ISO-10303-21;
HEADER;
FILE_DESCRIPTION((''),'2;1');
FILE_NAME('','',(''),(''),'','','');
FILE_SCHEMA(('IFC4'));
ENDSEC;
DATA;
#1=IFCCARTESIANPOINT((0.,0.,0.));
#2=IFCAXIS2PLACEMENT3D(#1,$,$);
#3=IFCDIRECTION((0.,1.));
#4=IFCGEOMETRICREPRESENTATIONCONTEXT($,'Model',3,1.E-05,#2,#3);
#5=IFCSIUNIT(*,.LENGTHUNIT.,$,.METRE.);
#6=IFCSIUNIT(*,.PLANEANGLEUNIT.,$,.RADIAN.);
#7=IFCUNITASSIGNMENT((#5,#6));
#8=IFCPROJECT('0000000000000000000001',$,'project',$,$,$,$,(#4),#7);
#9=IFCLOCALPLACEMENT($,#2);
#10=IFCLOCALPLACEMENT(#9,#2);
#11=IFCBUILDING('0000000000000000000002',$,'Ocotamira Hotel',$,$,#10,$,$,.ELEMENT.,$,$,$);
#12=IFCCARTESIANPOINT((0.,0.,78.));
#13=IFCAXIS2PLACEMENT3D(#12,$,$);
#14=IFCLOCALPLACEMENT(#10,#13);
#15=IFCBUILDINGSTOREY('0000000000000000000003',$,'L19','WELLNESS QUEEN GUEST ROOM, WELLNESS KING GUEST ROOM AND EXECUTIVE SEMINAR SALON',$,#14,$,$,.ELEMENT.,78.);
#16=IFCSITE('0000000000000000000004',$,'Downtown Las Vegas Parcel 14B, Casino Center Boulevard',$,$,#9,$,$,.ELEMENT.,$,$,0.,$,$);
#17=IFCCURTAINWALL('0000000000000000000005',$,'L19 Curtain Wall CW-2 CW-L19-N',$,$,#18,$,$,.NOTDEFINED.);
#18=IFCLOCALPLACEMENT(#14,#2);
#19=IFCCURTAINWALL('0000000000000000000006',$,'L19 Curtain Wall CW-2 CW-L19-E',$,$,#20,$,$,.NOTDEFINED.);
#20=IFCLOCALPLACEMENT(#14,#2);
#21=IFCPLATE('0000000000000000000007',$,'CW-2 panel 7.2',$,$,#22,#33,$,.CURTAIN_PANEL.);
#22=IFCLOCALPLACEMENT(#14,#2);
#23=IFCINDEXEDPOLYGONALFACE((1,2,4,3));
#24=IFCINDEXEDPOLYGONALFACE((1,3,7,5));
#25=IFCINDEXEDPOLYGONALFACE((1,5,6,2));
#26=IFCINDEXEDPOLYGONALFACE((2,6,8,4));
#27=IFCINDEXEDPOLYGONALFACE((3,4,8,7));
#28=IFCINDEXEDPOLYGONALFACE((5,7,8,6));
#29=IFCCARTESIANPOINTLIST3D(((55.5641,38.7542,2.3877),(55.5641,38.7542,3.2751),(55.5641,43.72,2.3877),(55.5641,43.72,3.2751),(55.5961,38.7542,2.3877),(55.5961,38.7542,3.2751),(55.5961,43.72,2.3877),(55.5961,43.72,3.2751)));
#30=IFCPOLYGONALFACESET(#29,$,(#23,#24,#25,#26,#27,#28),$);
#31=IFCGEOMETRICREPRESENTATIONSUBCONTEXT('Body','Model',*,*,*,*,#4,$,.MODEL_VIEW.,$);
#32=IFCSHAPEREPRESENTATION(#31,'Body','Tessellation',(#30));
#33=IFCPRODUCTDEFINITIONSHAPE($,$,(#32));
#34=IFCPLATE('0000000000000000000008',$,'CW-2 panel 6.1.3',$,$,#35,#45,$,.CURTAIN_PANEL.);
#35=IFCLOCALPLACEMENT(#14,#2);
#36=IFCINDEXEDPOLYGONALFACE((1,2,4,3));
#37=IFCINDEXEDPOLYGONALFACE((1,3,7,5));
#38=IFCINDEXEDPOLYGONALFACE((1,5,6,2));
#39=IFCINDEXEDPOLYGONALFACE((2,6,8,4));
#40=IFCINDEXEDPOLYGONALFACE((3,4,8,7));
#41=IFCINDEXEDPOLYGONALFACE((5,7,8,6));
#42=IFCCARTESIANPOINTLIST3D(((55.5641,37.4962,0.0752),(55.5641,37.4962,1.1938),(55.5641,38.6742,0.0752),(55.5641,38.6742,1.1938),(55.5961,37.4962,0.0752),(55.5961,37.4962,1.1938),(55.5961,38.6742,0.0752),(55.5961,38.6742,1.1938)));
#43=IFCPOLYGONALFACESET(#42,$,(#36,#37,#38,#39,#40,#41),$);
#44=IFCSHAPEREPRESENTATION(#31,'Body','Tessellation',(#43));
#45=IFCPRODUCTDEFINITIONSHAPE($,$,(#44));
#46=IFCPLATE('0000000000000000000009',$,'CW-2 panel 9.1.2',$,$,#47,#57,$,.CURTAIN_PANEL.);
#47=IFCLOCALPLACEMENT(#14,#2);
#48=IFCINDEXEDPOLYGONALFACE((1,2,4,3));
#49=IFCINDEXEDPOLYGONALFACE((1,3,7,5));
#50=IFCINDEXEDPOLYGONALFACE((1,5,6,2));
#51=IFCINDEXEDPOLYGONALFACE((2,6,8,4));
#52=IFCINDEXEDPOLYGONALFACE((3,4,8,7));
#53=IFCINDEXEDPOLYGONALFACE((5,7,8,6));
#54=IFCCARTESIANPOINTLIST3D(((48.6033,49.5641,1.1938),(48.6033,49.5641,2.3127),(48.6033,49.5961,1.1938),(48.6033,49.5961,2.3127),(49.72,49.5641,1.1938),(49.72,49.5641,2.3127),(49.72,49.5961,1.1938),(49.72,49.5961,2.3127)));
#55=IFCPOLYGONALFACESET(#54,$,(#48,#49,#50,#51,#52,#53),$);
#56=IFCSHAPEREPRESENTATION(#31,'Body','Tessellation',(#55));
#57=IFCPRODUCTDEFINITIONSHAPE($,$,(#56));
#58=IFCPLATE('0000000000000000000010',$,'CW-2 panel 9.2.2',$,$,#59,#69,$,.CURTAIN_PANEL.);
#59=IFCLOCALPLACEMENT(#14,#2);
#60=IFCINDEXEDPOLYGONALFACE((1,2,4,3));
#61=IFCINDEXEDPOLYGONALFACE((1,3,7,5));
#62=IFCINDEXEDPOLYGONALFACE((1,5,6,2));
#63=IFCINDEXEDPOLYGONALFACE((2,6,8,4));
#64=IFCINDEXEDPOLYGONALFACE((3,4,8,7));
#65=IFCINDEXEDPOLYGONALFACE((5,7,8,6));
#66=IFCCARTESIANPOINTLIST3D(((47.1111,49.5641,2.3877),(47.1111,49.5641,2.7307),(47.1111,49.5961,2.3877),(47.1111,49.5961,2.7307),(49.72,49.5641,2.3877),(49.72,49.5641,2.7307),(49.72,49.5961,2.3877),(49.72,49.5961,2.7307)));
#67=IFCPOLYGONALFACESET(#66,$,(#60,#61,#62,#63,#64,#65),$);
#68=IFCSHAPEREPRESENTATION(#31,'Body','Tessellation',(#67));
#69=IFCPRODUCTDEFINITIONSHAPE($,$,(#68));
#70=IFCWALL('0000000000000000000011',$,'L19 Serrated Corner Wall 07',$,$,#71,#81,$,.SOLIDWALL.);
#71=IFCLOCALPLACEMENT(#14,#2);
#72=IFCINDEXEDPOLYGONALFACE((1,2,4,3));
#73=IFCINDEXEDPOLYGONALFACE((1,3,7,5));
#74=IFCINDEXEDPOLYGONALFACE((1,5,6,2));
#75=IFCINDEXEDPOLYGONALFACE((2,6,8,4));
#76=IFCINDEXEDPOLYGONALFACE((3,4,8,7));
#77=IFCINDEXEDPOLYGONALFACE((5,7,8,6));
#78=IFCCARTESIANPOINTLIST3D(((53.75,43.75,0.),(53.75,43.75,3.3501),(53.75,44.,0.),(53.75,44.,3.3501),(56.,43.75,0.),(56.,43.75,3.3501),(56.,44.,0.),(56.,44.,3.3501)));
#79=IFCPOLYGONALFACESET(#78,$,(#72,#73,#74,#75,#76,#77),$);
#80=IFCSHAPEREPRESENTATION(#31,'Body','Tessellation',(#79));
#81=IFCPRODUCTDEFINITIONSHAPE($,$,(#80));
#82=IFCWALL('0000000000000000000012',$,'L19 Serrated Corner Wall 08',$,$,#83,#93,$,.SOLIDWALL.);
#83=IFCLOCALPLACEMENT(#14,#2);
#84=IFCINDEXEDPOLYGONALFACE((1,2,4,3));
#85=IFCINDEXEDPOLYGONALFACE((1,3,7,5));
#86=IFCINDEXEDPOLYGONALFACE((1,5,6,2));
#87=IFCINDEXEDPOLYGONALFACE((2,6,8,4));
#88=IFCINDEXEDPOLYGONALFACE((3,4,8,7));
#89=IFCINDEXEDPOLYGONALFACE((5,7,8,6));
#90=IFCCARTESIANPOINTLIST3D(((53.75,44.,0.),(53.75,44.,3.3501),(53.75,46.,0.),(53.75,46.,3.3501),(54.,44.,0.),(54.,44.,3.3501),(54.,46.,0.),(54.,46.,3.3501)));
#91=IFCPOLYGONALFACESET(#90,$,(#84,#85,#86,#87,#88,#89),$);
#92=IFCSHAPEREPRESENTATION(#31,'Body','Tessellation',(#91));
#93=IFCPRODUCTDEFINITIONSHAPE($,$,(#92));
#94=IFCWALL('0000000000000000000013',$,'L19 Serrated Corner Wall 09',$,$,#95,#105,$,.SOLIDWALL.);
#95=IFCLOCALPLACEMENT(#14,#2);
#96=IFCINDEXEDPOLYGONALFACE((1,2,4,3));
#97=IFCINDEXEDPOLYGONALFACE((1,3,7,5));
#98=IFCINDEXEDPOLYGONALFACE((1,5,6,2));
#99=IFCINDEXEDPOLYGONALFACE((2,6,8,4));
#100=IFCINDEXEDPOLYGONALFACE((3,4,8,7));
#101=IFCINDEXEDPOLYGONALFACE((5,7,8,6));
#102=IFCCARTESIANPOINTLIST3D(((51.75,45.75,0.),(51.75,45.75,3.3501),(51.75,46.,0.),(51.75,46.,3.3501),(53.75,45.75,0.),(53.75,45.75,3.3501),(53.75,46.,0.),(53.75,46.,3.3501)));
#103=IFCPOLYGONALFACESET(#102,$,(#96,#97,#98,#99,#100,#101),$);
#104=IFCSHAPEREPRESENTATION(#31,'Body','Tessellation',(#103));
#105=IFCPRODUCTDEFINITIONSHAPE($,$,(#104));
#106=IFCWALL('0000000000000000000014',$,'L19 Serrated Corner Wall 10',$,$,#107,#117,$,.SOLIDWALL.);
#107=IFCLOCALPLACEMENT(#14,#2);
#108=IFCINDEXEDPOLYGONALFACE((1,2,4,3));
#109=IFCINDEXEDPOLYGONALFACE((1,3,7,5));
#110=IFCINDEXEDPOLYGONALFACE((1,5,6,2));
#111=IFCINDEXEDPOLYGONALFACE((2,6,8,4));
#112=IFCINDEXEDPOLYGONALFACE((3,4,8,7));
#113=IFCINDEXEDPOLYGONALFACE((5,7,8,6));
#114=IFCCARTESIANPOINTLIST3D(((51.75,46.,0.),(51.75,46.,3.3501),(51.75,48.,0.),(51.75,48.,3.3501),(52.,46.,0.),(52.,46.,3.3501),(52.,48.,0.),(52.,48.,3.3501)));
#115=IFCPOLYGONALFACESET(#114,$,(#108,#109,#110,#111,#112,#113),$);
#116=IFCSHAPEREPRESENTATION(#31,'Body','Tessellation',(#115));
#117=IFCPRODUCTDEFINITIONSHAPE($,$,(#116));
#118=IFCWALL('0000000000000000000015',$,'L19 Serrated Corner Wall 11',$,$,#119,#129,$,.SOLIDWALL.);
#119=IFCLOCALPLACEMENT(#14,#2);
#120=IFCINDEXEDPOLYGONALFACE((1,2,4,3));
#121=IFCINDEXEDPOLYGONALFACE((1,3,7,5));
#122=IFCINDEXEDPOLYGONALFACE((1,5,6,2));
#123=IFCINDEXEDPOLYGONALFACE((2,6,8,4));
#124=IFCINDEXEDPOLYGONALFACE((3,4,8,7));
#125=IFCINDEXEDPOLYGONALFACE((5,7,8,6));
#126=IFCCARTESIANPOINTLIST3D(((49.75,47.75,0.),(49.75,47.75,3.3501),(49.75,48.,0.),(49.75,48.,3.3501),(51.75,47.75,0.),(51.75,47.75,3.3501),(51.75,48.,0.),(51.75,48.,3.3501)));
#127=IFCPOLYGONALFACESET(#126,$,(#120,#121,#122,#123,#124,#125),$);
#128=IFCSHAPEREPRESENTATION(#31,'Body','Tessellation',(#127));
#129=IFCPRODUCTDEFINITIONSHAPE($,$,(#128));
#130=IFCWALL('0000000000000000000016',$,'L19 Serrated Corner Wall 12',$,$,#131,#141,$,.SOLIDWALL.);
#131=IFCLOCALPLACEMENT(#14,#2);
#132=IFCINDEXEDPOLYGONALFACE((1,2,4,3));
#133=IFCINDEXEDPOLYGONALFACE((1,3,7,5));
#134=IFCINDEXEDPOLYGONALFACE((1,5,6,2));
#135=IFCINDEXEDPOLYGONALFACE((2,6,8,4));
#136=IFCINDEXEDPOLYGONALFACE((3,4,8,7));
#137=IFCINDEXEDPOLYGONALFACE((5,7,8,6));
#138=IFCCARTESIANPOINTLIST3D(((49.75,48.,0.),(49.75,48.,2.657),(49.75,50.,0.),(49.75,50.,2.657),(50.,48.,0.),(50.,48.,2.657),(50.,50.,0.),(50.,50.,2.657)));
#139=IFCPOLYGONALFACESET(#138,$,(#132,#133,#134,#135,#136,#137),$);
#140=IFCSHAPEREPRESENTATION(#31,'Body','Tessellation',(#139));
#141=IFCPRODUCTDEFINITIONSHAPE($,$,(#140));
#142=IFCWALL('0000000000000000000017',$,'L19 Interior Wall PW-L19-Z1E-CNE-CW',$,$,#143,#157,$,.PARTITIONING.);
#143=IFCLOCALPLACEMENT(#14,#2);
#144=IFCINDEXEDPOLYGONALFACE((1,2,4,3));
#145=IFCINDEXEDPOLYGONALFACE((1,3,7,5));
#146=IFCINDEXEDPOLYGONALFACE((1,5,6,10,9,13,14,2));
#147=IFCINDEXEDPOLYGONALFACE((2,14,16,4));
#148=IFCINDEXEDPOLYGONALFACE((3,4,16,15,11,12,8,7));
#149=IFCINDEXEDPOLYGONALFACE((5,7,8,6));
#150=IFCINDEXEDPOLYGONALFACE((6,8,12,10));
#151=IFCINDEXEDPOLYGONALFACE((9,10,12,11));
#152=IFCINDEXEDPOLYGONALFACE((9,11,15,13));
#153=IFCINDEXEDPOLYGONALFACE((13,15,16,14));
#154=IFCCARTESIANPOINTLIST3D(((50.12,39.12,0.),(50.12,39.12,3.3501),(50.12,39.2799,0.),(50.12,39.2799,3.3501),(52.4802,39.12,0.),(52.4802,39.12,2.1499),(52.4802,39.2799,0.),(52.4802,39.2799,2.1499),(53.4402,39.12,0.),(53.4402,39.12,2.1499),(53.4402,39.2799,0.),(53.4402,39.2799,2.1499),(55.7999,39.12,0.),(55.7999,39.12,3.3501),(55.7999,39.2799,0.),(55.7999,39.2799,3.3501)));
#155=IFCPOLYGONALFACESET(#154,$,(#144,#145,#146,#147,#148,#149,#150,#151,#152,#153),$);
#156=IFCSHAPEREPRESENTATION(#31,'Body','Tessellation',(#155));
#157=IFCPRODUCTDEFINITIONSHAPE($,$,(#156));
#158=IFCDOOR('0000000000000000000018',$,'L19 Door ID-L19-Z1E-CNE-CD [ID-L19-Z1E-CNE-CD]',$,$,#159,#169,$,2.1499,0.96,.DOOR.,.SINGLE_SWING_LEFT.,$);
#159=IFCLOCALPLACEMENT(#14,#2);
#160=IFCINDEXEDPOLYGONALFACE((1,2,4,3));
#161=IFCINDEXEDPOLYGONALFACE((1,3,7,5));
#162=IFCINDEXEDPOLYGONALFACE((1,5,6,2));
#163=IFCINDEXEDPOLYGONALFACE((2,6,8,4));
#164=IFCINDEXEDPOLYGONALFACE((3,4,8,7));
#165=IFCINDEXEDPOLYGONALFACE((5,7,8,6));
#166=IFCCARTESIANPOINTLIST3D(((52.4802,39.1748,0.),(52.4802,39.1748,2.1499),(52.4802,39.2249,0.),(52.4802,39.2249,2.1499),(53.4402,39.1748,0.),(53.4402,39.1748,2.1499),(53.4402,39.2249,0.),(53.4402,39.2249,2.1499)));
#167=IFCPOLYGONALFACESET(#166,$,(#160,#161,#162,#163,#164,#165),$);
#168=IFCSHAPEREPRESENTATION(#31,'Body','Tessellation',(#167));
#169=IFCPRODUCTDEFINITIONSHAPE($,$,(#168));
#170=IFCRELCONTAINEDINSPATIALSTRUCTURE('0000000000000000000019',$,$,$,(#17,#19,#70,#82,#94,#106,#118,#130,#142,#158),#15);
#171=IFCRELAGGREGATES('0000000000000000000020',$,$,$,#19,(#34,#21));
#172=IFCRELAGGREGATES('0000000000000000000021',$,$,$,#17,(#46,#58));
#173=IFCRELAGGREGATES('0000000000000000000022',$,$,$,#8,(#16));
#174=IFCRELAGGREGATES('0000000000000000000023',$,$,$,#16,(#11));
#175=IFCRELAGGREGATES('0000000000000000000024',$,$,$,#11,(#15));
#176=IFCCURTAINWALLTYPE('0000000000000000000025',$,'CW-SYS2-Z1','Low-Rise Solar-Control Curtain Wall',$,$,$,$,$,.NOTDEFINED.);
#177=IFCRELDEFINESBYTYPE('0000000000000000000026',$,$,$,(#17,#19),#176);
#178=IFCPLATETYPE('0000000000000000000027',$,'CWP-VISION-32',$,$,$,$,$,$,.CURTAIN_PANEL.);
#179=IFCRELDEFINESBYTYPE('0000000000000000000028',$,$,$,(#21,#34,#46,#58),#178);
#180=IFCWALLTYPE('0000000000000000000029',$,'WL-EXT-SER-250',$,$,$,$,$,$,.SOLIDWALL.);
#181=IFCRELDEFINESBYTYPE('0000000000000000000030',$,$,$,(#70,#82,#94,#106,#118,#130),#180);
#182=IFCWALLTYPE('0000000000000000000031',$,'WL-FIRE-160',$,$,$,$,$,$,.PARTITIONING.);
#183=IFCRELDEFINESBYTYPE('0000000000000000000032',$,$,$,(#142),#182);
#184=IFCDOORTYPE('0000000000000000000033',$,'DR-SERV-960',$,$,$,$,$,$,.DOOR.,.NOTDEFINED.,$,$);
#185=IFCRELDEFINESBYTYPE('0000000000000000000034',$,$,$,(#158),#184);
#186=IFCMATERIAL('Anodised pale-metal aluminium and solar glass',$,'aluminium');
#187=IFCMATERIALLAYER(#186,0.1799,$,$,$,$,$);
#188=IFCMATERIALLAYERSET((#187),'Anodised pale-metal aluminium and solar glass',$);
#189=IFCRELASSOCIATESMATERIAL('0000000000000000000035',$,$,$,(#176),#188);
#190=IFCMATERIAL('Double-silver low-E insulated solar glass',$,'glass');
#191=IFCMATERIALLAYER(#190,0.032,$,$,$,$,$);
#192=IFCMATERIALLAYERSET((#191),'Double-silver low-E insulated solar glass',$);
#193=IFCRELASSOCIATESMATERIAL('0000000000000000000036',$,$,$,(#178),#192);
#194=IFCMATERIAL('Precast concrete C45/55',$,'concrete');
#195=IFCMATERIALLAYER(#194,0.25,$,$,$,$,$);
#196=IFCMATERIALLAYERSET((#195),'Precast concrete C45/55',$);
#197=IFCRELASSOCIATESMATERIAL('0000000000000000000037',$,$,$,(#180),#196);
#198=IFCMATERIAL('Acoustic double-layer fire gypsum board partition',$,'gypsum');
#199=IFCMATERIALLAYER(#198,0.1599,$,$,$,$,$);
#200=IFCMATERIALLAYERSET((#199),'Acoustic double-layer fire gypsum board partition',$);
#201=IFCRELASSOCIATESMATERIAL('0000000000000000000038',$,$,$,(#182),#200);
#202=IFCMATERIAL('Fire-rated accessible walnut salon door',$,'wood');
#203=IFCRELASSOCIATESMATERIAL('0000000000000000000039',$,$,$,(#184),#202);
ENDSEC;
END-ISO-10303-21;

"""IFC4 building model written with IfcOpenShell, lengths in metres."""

from ifc_helpers import new_model, si_unit, direction, frame, frame_2d, origin, origin_2d, place, context, subcontext, project, spatial, rectangle, extrude, source, transform, mapped, material, layer, layer_set, type_object, element, fill, aggregate, save


model = new_model("IFC4")

# Units and contexts
model_context = context("Model", 3, precision=1e-05, world=origin(), true_north=direction((0.0, 1.0)))
body_context = subcontext(model_context, "Body", "Model", "MODEL_VIEW")
ifc_project = project(units=[si_unit("LENGTHUNIT", "METRE"), si_unit("PLANEANGLEUNIT", "RADIAN")], contexts=[model_context])

# Site, building, storey
site_placement = place(None, origin())
site = spatial("IfcSite", under=ifc_project, at=site_placement, Name="Downtown Las Vegas Parcel 14B, Casino Center Boulevard", CompositionType="ELEMENT", RefElevation=0.0)
building_placement = place(site_placement, origin())
building = spatial("IfcBuilding", under=site, at=building_placement, Name="Ocotamira Hotel", CompositionType="ELEMENT")
storey_placement = place(building_placement, frame((0.0, 0.0, 78.0)))
storey = spatial("IfcBuildingStorey", under=building, at=storey_placement, Name="L19", Description="WELLNESS QUEEN GUEST ROOM, WELLNESS KING GUEST ROOM AND EXECUTIVE SEMINAR SALON", CompositionType="ELEMENT", Elevation=78.0)

# Curtain walls
ifc_material_1 = material(Name="Anodised pale-metal aluminium and solar glass", Category="aluminium")
ifc_layer_1 = layer(ifc_material_1, 0.1799)
ifc_layer_set_1 = layer_set([ifc_layer_1], Name="Anodised pale-metal aluminium and solar glass")
curtain_wall_type = type_object("IfcCurtainWallType", Name="CW-SYS2-Z1", Description="Low-Rise Solar-Control Curtain Wall", PredefinedType="NOTDEFINED", material=ifc_layer_set_1)
curtain_wall_1_placement = place(storey_placement, origin())
curtain_wall_1 = element("IfcCurtainWall", 1, at=curtain_wall_1_placement, inside=storey, type_object=curtain_wall_type, Name="L19 Curtain Wall CW-2 CW-L19-N", PredefinedType="NOTDEFINED")
curtain_wall_2_placement = place(storey_placement, origin())
curtain_wall_2 = element("IfcCurtainWall", 2, at=curtain_wall_2_placement, inside=storey, type_object=curtain_wall_type, Name="L19 Curtain Wall CW-2 CW-L19-E", PredefinedType="NOTDEFINED")

# Plates
ifc_material_2 = material(Name="Double-silver low-E insulated solar glass", Category="glass")
ifc_layer_2 = layer(ifc_material_2, 0.032)
ifc_layer_set_2 = layer_set([ifc_layer_2], Name="Double-silver low-E insulated solar glass")
plate_type_1 = type_object("IfcPlateType", Name="CWP-VISION-32", PredefinedType="CURTAIN_PANEL", material=ifc_layer_set_2)
shared_shape_1 = source(origin(), body_context, "Body", "SweptSolid", [
    extrude(rectangle(XDim=4.9658, YDim=0.032, at=origin_2d()), origin(), (0.0, 0.0, 1.0), 0.8875),
])
plate_1_placement = place(storey_placement, frame((55.5801, 41.2371, 2.3877), z_axis=(0.0, 0.0, 1.0), x_axis=(0.0, 1.0, 0.0)))
plate_1 = element("IfcPlate", 3, at=plate_1_placement, type_object=plate_type_1, Name="CW-2 panel 7.2", PredefinedType="CURTAIN_PANEL", context=body_context, shape_type="MappedRepresentation", body=[
    mapped(shared_shape_1, transform((0.0, 0.0, 0.0), scale=1.0)),
])
shared_shape_2 = source(origin(), body_context, "Body", "SweptSolid", [
    extrude(rectangle(XDim=1.178, YDim=0.032, at=origin_2d()), origin(), (0.0, 0.0, 1.0), 1.1187),
])
plate_2_placement = place(storey_placement, frame((55.5801, 38.0852, 0.0752), z_axis=(0.0, 0.0, 1.0), x_axis=(0.0, 1.0, 0.0)))
plate_2 = element("IfcPlate", 4, at=plate_2_placement, type_object=plate_type_1, Name="CW-2 panel 6.1.3", PredefinedType="CURTAIN_PANEL", context=body_context, shape_type="MappedRepresentation", body=[
    mapped(shared_shape_2, transform((0.0, 0.0, 0.0), scale=1.0)),
])
aggregate(curtain_wall_2, [plate_2, plate_1])
shared_shape_3 = source(origin(), body_context, "Body", "SweptSolid", [
    extrude(rectangle(XDim=1.1167, YDim=0.032, at=origin_2d()), origin(), (0.0, 0.0, 1.0), 1.1189),
])
plate_3_placement = place(storey_placement, frame((49.1616, 49.5801, 1.1938), z_axis=(0.0, 0.0, 1.0), x_axis=(1.0, 0.0, 0.0)))
plate_3 = element("IfcPlate", 5, at=plate_3_placement, type_object=plate_type_1, Name="CW-2 panel 9.1.2", PredefinedType="CURTAIN_PANEL", context=body_context, shape_type="MappedRepresentation", body=[
    mapped(shared_shape_3, transform((0.0, 0.0, 0.0), scale=1.0)),
])
shared_shape_4 = source(origin(), body_context, "Body", "SweptSolid", [
    extrude(rectangle(XDim=2.6089, YDim=0.032, at=origin_2d()), origin(), (0.0, 0.0, 1.0), 0.343),
])
plate_4_placement = place(storey_placement, frame((48.4155, 49.5801, 2.3877), z_axis=(0.0, 0.0, 1.0), x_axis=(1.0, 0.0, 0.0)))
plate_4 = element("IfcPlate", 6, at=plate_4_placement, type_object=plate_type_1, Name="CW-2 panel 9.2.2", PredefinedType="CURTAIN_PANEL", context=body_context, shape_type="MappedRepresentation", body=[
    mapped(shared_shape_4, transform((0.0, 0.0, 0.0), scale=1.0)),
])
aggregate(curtain_wall_1, [plate_3, plate_4])

# Walls
ifc_material_3 = material(Name="Precast concrete C45/55", Category="concrete")
ifc_layer_3 = layer(ifc_material_3, 0.25)
ifc_layer_set_3 = layer_set([ifc_layer_3], Name="Precast concrete C45/55")
wall_type_1 = type_object("IfcWallType", Name="WL-EXT-SER-250", PredefinedType="SOLIDWALL", material=ifc_layer_set_3)
wall_1_placement = place(storey_placement, frame((56.0, 43.875, 0.0), z_axis=(0.0, 0.0, 1.0), x_axis=(-1.0, 0.0, 0.0)))
element("IfcWall", 7, at=wall_1_placement, inside=storey, type_object=wall_type_1, Name="L19 Serrated Corner Wall 07", PredefinedType="SOLIDWALL", context=body_context, shape_type="SweptSolid", body=[
    extrude(rectangle(XDim=2.25, YDim=0.25, at=frame_2d((1.125, 0.0))), origin(), (0.0, 0.0, 1.0), 3.3501),
])
for number, where, z_axis, x_axis, name in (
    (8, (53.875, 44.0, 0.0), (0.0, 0.0, 1.0), (0.0, 1.0, 0.0), "L19 Serrated Corner Wall 08"),
    (9, (53.75, 45.875, 0.0), (0.0, 0.0, 1.0), (-1.0, 0.0, 0.0), "L19 Serrated Corner Wall 09"),
    (10, (51.875, 46.0, 0.0), (0.0, 0.0, 1.0), (0.0, 1.0, 0.0), "L19 Serrated Corner Wall 10"),
    (11, (51.75, 47.875, 0.0), (0.0, 0.0, 1.0), (-1.0, 0.0, 0.0), "L19 Serrated Corner Wall 11"),
):
    element("IfcWall", number, at=place(storey_placement, frame(where, z_axis=z_axis, x_axis=x_axis)), inside=storey, type_object=wall_type_1, Name=name, PredefinedType="SOLIDWALL", context=body_context, shape_type="SweptSolid", body=[
        extrude(rectangle(XDim=2.0, YDim=0.25, at=frame_2d((1.0, 0.0))), origin(), (0.0, 0.0, 1.0), 3.3501),
    ])
wall_2_placement = place(storey_placement, frame((49.875, 48.0, 0.0), z_axis=(0.0, 0.0, 1.0), x_axis=(0.0, 1.0, 0.0)))
element("IfcWall", 12, at=wall_2_placement, inside=storey, type_object=wall_type_1, Name="L19 Serrated Corner Wall 12", PredefinedType="SOLIDWALL", context=body_context, shape_type="SweptSolid", body=[
    extrude(rectangle(XDim=2.0, YDim=0.25, at=frame_2d((1.0, 0.0))), origin(), (0.0, 0.0, 1.0), 2.657),
])

# Wall, opening, door
ifc_material_4 = material(Name="Acoustic double-layer fire gypsum board partition", Category="gypsum")
ifc_layer_4 = layer(ifc_material_4, 0.1599)
ifc_layer_set_4 = layer_set([ifc_layer_4], Name="Acoustic double-layer fire gypsum board partition")
wall_type_2 = type_object("IfcWallType", Name="WL-FIRE-160", PredefinedType="PARTITIONING", material=ifc_layer_set_4)
wall_3_placement = place(storey_placement, frame((50.1201, 39.2, 0.0), z_axis=(0.0, 0.0, 1.0), x_axis=(1.0, 0.0, 0.0)))
wall_3 = element("IfcWall", 13, at=wall_3_placement, inside=storey, type_object=wall_type_2, Name="L19 Interior Wall PW-L19-Z1E-CNE-CW", PredefinedType="PARTITIONING", context=body_context, shape_type="SweptSolid", body=[
    extrude(rectangle(XDim=5.6799, YDim=0.1599, at=frame_2d((2.8398, 0.0))), origin(), (0.0, 0.0, 1.0), 3.3501),
])
opening_1_placement = place(wall_3_placement, frame((2.3601, 0.0, 0.0)))
opening_1 = element("IfcOpeningElement", 14, at=opening_1_placement, cuts=wall_3, PredefinedType="OPENING", context=body_context, shape_type="SweptSolid", body=[
    extrude(rectangle(XDim=0.96, YDim=2.1499, at=frame_2d((0.48, 1.075))), frame((0.0, 0.0898, 0.0), z_axis=(0.0, -1.0, 0.0), x_axis=(1.0, 0.0, 0.0)), (0.0, 0.0, 1.0), 0.1799),
])
ifc_material_5 = material(Name="Fire-rated accessible walnut salon door", Category="wood")
door_type_1 = type_object("IfcDoorType", Name="DR-SERV-960", OperationType="NOTDEFINED", PredefinedType="DOOR", material=ifc_material_5)
shared_shape_5 = source(origin(), body_context, "Body", "SweptSolid", [
    extrude(rectangle(XDim=0.96, YDim=2.1499, at=frame_2d((0.48, 1.075))), frame((0.0, 0.0249, 0.0), z_axis=(0.0, -1.0, 0.0), x_axis=(1.0, 0.0, 0.0)), (0.0, 0.0, 1.0), 0.05),
])
door_1_placement = place(opening_1_placement, origin())
door_1 = element("IfcDoor", 15, at=door_1_placement, inside=storey, type_object=door_type_1, Name="L19 Door ID-L19-Z1E-CNE-CD [ID-L19-Z1E-CNE-CD]", OperationType="SINGLE_SWING_LEFT", OverallHeight=2.1499, OverallWidth=0.96, PredefinedType="DOOR", context=body_context, shape_type="MappedRepresentation", body=[
    mapped(shared_shape_5, transform((0.0, 0.0, 0.0), scale=1.0)),
])
fill(opening_1, door_1)

save(model, "model.ifc")
